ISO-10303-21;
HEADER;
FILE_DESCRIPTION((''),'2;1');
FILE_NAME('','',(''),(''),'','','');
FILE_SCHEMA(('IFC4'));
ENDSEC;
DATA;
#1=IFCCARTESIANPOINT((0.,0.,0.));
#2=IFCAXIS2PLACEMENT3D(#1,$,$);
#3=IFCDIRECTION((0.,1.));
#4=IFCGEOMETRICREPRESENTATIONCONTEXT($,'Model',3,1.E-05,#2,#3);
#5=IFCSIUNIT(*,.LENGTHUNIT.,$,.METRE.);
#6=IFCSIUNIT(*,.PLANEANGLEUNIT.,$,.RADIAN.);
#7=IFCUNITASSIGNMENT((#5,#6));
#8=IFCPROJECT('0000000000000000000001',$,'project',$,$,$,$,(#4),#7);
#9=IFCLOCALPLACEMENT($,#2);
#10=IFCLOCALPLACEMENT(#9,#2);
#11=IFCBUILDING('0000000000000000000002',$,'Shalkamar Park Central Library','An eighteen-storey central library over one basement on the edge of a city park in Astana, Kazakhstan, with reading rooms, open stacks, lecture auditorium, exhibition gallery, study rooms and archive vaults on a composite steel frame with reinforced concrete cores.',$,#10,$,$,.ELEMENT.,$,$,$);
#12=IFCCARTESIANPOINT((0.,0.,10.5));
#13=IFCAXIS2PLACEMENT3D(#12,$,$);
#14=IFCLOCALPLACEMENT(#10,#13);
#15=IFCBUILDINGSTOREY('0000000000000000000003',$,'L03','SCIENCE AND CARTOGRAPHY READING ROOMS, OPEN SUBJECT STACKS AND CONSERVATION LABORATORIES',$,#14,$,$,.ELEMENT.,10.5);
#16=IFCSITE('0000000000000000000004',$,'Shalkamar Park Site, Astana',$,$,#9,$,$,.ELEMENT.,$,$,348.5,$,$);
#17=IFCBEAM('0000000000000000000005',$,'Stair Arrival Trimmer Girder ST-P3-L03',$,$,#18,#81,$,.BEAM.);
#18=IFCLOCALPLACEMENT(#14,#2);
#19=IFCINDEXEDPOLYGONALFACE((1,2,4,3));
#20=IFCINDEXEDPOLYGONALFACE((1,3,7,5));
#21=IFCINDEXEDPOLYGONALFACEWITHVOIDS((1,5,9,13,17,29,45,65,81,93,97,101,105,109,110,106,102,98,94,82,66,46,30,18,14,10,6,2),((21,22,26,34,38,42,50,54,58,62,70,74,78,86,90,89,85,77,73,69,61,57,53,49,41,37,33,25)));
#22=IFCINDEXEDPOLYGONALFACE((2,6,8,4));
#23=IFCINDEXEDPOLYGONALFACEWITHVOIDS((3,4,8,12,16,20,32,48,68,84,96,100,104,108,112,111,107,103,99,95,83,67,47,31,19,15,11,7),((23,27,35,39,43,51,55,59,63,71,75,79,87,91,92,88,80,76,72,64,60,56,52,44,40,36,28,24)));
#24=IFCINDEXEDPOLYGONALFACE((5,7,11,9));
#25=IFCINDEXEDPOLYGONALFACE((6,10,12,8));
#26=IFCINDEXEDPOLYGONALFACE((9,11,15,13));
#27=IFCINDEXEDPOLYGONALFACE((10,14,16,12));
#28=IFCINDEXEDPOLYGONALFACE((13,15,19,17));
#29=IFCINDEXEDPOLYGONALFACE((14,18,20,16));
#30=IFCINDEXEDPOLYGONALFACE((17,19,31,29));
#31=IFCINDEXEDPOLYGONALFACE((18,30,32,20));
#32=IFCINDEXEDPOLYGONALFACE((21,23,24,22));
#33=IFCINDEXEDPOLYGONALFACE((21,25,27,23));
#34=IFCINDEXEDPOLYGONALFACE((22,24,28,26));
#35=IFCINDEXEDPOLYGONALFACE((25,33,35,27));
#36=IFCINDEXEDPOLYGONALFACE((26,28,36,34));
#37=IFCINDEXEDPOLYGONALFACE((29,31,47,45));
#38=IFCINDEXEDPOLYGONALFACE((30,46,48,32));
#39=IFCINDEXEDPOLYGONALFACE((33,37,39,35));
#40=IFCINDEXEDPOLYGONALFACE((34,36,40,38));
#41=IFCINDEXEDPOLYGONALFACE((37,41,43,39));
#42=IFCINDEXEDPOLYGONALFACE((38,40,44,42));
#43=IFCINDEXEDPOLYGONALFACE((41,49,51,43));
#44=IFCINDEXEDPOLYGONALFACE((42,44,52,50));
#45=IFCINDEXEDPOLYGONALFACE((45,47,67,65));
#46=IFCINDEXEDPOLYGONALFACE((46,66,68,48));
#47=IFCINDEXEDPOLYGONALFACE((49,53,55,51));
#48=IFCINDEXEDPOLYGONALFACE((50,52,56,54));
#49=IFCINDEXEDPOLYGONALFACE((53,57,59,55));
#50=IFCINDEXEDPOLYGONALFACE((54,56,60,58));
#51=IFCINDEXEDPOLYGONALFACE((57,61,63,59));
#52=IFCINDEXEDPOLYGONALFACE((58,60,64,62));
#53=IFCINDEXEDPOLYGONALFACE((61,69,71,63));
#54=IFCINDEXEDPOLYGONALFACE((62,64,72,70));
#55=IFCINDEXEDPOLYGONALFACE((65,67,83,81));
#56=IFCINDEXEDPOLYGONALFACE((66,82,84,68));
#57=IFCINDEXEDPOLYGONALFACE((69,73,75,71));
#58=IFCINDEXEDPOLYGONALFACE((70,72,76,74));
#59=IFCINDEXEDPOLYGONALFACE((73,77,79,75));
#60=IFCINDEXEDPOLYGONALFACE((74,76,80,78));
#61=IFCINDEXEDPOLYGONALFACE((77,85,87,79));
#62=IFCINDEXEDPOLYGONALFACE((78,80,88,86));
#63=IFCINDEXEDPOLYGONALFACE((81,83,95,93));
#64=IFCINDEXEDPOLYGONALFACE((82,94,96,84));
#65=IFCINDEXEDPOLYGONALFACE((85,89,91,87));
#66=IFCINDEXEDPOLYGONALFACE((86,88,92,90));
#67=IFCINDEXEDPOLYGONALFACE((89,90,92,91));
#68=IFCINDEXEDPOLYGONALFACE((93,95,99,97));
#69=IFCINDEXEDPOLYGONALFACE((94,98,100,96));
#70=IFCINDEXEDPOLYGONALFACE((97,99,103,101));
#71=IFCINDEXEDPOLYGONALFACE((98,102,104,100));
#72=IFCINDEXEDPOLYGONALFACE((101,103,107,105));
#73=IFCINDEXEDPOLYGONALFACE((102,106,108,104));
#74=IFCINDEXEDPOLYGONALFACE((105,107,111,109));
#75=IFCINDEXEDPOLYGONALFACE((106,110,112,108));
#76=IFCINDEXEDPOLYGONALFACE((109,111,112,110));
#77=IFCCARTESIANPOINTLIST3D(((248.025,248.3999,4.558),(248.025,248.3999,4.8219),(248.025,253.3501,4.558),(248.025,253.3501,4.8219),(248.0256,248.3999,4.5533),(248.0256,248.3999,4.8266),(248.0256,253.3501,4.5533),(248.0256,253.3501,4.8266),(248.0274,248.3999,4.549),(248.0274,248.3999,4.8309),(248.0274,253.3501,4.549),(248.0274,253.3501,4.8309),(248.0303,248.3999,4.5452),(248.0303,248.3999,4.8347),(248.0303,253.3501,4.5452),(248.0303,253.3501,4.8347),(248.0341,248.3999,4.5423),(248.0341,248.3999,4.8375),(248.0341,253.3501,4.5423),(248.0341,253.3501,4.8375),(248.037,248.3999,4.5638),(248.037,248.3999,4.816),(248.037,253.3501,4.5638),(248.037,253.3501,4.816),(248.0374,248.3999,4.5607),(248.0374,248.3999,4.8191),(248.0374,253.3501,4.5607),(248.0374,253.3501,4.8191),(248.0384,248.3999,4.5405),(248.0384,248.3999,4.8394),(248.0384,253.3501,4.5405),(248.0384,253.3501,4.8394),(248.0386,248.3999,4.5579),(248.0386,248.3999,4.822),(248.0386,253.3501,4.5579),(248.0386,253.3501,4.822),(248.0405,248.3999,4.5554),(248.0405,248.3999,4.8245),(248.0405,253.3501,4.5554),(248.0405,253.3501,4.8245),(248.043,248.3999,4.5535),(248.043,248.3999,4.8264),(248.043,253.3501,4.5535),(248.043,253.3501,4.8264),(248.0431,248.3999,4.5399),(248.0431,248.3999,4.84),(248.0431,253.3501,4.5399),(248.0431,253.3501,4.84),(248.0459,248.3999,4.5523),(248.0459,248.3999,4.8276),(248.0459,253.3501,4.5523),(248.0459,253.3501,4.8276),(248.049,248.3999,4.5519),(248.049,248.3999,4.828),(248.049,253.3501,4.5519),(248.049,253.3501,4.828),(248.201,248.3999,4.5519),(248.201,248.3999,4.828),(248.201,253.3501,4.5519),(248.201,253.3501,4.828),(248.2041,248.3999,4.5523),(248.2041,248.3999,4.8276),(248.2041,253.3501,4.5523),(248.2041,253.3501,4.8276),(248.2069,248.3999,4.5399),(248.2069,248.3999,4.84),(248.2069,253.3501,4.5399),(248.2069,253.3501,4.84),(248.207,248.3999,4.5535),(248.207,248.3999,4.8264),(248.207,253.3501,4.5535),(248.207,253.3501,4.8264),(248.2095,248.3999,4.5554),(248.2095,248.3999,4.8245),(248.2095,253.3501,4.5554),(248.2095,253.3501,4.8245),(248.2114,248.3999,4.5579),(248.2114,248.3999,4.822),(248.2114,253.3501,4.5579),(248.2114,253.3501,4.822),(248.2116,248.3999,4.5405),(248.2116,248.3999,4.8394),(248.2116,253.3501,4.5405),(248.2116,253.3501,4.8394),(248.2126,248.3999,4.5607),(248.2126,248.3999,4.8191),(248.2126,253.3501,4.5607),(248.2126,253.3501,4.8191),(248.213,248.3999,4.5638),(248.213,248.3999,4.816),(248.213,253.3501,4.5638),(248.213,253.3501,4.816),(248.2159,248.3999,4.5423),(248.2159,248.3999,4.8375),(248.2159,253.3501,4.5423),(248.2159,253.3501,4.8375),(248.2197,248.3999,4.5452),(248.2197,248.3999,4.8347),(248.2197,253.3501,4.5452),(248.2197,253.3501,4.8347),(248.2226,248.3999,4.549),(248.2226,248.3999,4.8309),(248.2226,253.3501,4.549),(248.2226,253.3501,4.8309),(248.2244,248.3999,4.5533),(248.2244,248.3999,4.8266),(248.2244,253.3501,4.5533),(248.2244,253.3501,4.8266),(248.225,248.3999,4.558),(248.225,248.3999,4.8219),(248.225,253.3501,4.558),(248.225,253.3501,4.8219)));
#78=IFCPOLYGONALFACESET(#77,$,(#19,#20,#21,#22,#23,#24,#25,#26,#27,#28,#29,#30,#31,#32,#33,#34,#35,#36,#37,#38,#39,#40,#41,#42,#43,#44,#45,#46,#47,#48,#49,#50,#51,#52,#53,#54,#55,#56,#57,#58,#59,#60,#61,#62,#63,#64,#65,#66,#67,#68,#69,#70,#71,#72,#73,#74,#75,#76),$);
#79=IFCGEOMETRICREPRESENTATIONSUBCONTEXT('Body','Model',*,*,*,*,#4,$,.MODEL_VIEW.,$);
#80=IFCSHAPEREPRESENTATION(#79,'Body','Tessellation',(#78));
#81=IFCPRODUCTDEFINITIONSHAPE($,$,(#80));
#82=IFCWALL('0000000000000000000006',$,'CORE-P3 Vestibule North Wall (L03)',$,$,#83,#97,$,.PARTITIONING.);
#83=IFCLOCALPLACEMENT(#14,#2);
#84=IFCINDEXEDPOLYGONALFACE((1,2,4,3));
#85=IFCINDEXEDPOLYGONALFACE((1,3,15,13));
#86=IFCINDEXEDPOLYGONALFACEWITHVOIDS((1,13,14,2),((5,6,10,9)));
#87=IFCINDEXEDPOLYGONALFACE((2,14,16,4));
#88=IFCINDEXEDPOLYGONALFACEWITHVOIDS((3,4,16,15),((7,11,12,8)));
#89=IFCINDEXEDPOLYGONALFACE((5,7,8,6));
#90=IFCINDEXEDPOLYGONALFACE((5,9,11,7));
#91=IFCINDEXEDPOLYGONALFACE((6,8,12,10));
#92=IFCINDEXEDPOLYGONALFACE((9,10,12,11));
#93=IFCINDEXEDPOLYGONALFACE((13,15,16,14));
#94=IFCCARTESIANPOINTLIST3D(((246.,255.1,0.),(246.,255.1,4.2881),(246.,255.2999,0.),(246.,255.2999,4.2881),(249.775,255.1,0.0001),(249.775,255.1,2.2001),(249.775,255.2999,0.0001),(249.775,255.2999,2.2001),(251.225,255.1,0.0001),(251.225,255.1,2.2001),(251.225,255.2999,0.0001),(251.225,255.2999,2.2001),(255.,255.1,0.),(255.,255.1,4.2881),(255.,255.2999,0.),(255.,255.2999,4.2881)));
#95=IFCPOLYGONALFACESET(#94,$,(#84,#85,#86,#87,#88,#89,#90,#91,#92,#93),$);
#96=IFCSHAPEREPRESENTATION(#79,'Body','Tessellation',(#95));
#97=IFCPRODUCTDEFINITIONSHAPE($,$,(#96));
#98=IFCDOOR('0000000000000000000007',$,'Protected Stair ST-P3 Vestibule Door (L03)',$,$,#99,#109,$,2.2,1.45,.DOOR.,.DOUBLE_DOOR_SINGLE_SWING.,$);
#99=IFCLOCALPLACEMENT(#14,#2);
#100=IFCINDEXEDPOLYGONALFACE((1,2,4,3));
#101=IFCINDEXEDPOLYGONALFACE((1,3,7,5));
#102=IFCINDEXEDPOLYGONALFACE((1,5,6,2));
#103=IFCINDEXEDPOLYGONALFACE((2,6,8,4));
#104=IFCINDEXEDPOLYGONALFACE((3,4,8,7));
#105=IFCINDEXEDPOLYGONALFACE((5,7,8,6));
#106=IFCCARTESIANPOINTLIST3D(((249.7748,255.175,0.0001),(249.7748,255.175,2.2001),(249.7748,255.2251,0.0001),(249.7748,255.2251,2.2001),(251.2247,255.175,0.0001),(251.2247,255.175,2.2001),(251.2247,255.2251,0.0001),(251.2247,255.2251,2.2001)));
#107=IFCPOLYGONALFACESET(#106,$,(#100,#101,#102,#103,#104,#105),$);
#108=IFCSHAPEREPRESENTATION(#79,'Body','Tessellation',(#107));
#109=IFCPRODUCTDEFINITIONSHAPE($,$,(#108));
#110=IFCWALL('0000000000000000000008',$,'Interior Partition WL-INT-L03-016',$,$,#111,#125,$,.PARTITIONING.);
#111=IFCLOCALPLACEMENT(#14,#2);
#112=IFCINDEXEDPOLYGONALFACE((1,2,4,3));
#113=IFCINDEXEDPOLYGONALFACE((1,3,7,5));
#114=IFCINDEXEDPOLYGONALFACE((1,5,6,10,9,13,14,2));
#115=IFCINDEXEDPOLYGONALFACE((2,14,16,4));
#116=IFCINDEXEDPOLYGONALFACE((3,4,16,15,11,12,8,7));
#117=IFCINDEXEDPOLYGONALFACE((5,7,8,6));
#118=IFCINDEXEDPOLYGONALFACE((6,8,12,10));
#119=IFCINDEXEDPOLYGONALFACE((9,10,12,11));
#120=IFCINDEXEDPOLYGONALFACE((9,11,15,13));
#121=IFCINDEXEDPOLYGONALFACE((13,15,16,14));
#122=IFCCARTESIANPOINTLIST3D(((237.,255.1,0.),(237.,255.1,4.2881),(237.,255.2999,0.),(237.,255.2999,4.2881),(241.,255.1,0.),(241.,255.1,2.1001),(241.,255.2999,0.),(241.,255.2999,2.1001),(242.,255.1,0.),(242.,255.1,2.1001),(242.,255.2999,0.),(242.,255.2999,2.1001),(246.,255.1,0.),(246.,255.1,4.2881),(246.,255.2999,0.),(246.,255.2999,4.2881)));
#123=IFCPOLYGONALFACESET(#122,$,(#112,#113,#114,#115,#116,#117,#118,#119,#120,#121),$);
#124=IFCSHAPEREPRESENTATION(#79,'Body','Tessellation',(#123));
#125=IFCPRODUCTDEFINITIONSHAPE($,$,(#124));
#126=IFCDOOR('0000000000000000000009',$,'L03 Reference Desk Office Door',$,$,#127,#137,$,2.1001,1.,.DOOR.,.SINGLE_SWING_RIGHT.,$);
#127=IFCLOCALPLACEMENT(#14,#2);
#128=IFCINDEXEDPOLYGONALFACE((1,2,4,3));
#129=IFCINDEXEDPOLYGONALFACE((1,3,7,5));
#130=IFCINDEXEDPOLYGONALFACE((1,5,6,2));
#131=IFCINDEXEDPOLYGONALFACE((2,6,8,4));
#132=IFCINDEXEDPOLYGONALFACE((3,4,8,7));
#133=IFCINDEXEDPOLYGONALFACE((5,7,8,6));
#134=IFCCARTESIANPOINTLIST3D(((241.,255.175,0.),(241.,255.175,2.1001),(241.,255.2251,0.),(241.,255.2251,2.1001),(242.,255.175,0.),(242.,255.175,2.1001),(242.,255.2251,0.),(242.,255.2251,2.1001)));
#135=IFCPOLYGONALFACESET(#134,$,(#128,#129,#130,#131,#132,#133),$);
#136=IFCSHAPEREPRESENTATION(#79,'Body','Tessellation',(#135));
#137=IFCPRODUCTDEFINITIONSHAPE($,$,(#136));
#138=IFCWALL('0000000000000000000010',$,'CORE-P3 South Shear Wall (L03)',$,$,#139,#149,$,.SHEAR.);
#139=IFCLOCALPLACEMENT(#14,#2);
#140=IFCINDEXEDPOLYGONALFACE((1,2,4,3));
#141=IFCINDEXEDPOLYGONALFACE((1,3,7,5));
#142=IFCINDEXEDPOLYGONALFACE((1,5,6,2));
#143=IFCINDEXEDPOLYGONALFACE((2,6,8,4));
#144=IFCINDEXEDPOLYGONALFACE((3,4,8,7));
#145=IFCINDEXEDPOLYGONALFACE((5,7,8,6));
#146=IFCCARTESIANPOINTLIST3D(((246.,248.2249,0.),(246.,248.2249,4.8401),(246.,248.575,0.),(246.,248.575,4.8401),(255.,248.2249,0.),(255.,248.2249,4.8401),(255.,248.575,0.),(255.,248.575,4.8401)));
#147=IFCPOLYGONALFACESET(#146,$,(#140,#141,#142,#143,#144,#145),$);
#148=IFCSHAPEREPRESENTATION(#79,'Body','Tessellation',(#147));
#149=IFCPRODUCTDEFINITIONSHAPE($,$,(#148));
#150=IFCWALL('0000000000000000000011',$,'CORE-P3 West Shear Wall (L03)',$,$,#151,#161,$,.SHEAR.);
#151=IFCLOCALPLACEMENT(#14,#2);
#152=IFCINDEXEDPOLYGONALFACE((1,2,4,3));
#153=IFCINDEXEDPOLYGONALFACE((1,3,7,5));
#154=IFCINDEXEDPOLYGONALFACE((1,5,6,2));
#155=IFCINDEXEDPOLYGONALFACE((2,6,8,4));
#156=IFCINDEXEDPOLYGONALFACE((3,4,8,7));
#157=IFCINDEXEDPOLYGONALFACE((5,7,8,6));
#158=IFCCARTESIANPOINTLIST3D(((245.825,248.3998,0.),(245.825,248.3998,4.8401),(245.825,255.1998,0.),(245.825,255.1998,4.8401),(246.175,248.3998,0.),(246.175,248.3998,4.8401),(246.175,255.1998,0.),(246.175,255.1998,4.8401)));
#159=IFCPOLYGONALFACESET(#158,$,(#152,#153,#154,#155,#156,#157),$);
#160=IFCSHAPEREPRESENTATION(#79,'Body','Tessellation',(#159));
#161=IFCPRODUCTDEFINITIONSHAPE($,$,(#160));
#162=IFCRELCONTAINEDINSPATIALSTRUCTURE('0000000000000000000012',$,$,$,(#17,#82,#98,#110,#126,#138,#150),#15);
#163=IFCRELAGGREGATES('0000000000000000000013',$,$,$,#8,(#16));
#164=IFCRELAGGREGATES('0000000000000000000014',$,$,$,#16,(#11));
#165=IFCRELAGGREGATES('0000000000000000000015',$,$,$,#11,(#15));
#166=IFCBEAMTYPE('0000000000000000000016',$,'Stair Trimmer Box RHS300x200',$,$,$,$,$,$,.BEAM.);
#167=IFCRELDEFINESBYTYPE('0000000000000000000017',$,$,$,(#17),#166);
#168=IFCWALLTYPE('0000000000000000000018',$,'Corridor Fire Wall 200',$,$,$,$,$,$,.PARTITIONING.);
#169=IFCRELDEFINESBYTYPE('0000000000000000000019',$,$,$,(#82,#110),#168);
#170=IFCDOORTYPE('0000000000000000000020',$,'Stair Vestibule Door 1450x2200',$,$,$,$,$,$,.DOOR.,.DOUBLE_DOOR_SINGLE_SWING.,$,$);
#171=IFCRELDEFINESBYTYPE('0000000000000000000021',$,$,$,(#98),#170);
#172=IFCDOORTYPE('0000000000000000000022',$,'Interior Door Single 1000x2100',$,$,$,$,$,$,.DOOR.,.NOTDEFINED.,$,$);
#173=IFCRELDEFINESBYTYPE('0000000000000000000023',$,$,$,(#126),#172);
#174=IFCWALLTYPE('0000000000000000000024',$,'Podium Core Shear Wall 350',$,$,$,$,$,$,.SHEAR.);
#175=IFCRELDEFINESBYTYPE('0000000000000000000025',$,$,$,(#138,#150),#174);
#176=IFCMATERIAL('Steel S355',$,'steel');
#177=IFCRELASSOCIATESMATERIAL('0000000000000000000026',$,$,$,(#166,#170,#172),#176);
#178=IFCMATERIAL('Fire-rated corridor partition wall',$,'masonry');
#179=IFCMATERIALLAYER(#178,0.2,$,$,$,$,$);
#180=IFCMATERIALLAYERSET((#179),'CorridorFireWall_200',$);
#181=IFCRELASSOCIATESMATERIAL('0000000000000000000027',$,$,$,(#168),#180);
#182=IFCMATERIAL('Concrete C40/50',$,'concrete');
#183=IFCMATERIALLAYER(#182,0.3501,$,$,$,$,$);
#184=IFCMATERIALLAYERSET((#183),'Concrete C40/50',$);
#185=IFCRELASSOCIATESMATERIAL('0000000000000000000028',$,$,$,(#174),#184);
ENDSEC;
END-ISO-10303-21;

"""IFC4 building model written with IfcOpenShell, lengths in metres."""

from ifc_helpers import new_model, si_unit, direction, frame, frame_2d, origin, origin_2d, place, context, subcontext, project, spatial, rectangle, hollow_rectangle, extrude, material, layer, layer_set, material_profile, profile_set, type_object, element, fill, save


model = new_model("IFC4")

# Units and contexts
model_context = context("Model", 3, precision=1e-05, world=origin(), true_north=direction((0.0, 1.0)))
body_context = subcontext(model_context, "Body", "Model", "MODEL_VIEW")
ifc_project = project(units=[si_unit("LENGTHUNIT", "METRE"), si_unit("PLANEANGLEUNIT", "RADIAN")], contexts=[model_context])

# Site, building, storey
site_placement = place(None, origin())
site = spatial("IfcSite", under=ifc_project, at=site_placement, Name="Shalkamar Park Site, Astana", CompositionType="ELEMENT", RefElevation=348.5)
building_placement = place(site_placement, origin())
building = spatial("IfcBuilding", under=site, at=building_placement, Name="Shalkamar Park Central Library", Description="An eighteen-storey central library over one basement on the edge of a city park in Astana, Kazakhstan, with reading rooms, open stacks, lecture auditorium, exhibition gallery, study rooms and archive vaults on a composite steel frame with reinforced concrete cores.", CompositionType="ELEMENT")
storey_placement = place(building_placement, frame((0.0, 0.0, 10.5)))
storey = spatial("IfcBuildingStorey", under=building, at=storey_placement, Name="L03", Description="SCIENCE AND CARTOGRAPHY READING ROOMS, OPEN SUBJECT STACKS AND CONSERVATION LABORATORIES", CompositionType="ELEMENT", Elevation=10.5)

# Shared definitions
ifc_material_1 = material(Name="Steel S355", Category="steel")

# Beam
ifc_material_profile_1 = material_profile(ifc_material_1, hollow_rectangle(XDim=0.2, YDim=0.3, WallThickness=0.012, InnerFilletRadius=0.012, OuterFilletRadius=0.0181, at=origin_2d()), Name="RHS 300x200x12")
ifc_profile_set_1 = profile_set([ifc_material_profile_1], Name="Steel S355")
beam_type_1 = type_object("IfcBeamType", Name="Stair Trimmer Box RHS300x200", PredefinedType="BEAM", material=ifc_profile_set_1)
beam_1_placement = place(storey_placement, frame((248.125, 248.3999, 4.6899), z_axis=(0.0, 1.0, 0.0), x_axis=(-1.0, 0.0, 0.0)))
element("IfcBeam", 1, at=beam_1_placement, inside=storey, type_object=beam_type_1, Name="Stair Arrival Trimmer Girder ST-P3-L03", PredefinedType="BEAM", context=body_context, shape_type="SweptSolid", body=[
    extrude(hollow_rectangle(XDim=0.2, YDim=0.3, WallThickness=0.012, InnerFilletRadius=0.012, OuterFilletRadius=0.0181, at=origin_2d()), origin(), (0.0, 0.0, 1.0), 4.9502),
])

# Walls, openings, doors
ifc_material_2 = material(Name="Fire-rated corridor partition wall", Category="masonry")
ifc_layer_1 = layer(ifc_material_2, 0.2)
ifc_layer_set_1 = layer_set([ifc_layer_1], Name="CorridorFireWall_200")
wall_type_1 = type_object("IfcWallType", Name="Corridor Fire Wall 200", PredefinedType="PARTITIONING", material=ifc_layer_set_1)
wall_1_placement = place(storey_placement, frame((246.0, 255.2, 0.0), z_axis=(0.0, 0.0, 1.0), x_axis=(1.0, 0.0, 0.0)))
wall_1 = element("IfcWall", 2, at=wall_1_placement, inside=storey, type_object=wall_type_1, Name="CORE-P3 Vestibule North Wall (L03)", PredefinedType="PARTITIONING", context=body_context, shape_type="SweptSolid", body=[
    extrude(rectangle(XDim=9.0, YDim=0.2, at=frame_2d((4.5, 0.0))), origin(), (0.0, 0.0, 1.0), 4.2881),
])
opening_1_placement = place(wall_1_placement, frame((3.7749, 0.0, 0.0)))
opening_1 = element("IfcOpeningElement", 3, at=opening_1_placement, cuts=wall_1, PredefinedType="OPENING", context=body_context, shape_type="SweptSolid", body=[
    extrude(rectangle(XDim=1.45, YDim=2.2, at=frame_2d((0.7251, 1.1001))), frame((0.0, 0.1147, 0.0), z_axis=(0.0, -1.0, 0.0), x_axis=(1.0, 0.0, 0.0)), (0.0, 0.0, 1.0), 0.2297),
])
door_type_1 = type_object("IfcDoorType", Name="Stair Vestibule Door 1450x2200", OperationType="DOUBLE_DOOR_SINGLE_SWING", PredefinedType="DOOR", material=ifc_material_1)
door_1_placement = place(opening_1_placement, frame((1.45, 0.0, 0.0), z_axis=(0.0, 0.0, 1.0), x_axis=(-1.0, 0.0, 0.0)))
door_1 = element("IfcDoor", 4, at=door_1_placement, inside=storey, type_object=door_type_1, Name="Protected Stair ST-P3 Vestibule Door (L03)", OperationType="DOUBLE_DOOR_SINGLE_SWING", OverallHeight=2.2, OverallWidth=1.45, PredefinedType="DOOR", context=body_context, shape_type="SweptSolid", body=[
    extrude(rectangle(XDim=1.45, YDim=2.2, at=frame_2d((0.7251, 1.1001))), frame((0.0, 0.0249, 0.0), z_axis=(0.0, -1.0, 0.0), x_axis=(1.0, 0.0, 0.0)), (0.0, 0.0, 1.0), 0.05),
])
fill(opening_1, door_1)
wall_2_placement = place(storey_placement, frame((237.0, 255.2, 0.0), z_axis=(0.0, 0.0, 1.0), x_axis=(1.0, 0.0, 0.0)))
wall_2 = element("IfcWall", 5, at=wall_2_placement, inside=storey, type_object=wall_type_1, Name="Interior Partition WL-INT-L03-016", PredefinedType="PARTITIONING", context=body_context, shape_type="SweptSolid", body=[
    extrude(rectangle(XDim=9.0, YDim=0.2, at=frame_2d((4.5, 0.0))), origin(), (0.0, 0.0, 1.0), 4.2881),
])
opening_2_placement = place(wall_2_placement, frame((4.0, 0.0, 0.0)))
opening_2 = element("IfcOpeningElement", 6, at=opening_2_placement, cuts=wall_2, PredefinedType="OPENING", context=body_context, shape_type="SweptSolid", body=[
    extrude(rectangle(XDim=1.0, YDim=2.1001, at=frame_2d((0.5, 1.05))), frame((0.0, 0.1147, 0.0), z_axis=(0.0, -1.0, 0.0), x_axis=(1.0, 0.0, 0.0)), (0.0, 0.0, 1.0), 0.2297),
])
door_type_2 = type_object("IfcDoorType", Name="Interior Door Single 1000x2100", OperationType="NOTDEFINED", PredefinedType="DOOR", material=ifc_material_1)
door_2_placement = place(opening_2_placement, frame((1.0, 0.0, 0.0), z_axis=(0.0, 0.0, 1.0), x_axis=(-1.0, 0.0, 0.0)))
door_2 = element("IfcDoor", 7, at=door_2_placement, inside=storey, type_object=door_type_2, Name="L03 Reference Desk Office Door", OperationType="SINGLE_SWING_RIGHT", OverallHeight=2.1001, OverallWidth=1.0, PredefinedType="DOOR", context=body_context, shape_type="SweptSolid", body=[
    extrude(rectangle(XDim=1.0, YDim=2.1001, at=frame_2d((0.5, 1.05))), frame((0.0, 0.0249, 0.0), z_axis=(0.0, -1.0, 0.0), x_axis=(1.0, 0.0, 0.0)), (0.0, 0.0, 1.0), 0.05),
])
fill(opening_2, door_2)

# Walls
ifc_material_3 = material(Name="Concrete C40/50", Category="concrete")
ifc_layer_2 = layer(ifc_material_3, 0.3501)
ifc_layer_set_2 = layer_set([ifc_layer_2], Name="Concrete C40/50")
wall_type_2 = type_object("IfcWallType", Name="Podium Core Shear Wall 350", PredefinedType="SHEAR", material=ifc_layer_set_2)
wall_3_placement = place(storey_placement, frame((246.0, 248.3999, 0.0), z_axis=(0.0, 0.0, 1.0), x_axis=(1.0, 0.0, 0.0)))
element("IfcWall", 8, at=wall_3_placement, inside=storey, type_object=wall_type_2, Name="CORE-P3 South Shear Wall (L03)", PredefinedType="SHEAR", context=body_context, shape_type="SweptSolid", body=[
    extrude(rectangle(XDim=9.0, YDim=0.3501, at=frame_2d((4.5, 0.0))), origin(), (0.0, 0.0, 1.0), 4.8401),
])
wall_4_placement = place(storey_placement, frame((246.0, 248.3999, 0.0), z_axis=(0.0, 0.0, 1.0), x_axis=(0.0, 1.0, 0.0)))
element("IfcWall", 9, at=wall_4_placement, inside=storey, type_object=wall_type_2, Name="CORE-P3 West Shear Wall (L03)", PredefinedType="SHEAR", context=body_context, shape_type="SweptSolid", body=[
    extrude(rectangle(XDim=6.8, YDim=0.3501, at=frame_2d((3.3999, 0.0))), origin(), (0.0, 0.0, 1.0), 4.8401),
])

save(model, "model.ifc")
